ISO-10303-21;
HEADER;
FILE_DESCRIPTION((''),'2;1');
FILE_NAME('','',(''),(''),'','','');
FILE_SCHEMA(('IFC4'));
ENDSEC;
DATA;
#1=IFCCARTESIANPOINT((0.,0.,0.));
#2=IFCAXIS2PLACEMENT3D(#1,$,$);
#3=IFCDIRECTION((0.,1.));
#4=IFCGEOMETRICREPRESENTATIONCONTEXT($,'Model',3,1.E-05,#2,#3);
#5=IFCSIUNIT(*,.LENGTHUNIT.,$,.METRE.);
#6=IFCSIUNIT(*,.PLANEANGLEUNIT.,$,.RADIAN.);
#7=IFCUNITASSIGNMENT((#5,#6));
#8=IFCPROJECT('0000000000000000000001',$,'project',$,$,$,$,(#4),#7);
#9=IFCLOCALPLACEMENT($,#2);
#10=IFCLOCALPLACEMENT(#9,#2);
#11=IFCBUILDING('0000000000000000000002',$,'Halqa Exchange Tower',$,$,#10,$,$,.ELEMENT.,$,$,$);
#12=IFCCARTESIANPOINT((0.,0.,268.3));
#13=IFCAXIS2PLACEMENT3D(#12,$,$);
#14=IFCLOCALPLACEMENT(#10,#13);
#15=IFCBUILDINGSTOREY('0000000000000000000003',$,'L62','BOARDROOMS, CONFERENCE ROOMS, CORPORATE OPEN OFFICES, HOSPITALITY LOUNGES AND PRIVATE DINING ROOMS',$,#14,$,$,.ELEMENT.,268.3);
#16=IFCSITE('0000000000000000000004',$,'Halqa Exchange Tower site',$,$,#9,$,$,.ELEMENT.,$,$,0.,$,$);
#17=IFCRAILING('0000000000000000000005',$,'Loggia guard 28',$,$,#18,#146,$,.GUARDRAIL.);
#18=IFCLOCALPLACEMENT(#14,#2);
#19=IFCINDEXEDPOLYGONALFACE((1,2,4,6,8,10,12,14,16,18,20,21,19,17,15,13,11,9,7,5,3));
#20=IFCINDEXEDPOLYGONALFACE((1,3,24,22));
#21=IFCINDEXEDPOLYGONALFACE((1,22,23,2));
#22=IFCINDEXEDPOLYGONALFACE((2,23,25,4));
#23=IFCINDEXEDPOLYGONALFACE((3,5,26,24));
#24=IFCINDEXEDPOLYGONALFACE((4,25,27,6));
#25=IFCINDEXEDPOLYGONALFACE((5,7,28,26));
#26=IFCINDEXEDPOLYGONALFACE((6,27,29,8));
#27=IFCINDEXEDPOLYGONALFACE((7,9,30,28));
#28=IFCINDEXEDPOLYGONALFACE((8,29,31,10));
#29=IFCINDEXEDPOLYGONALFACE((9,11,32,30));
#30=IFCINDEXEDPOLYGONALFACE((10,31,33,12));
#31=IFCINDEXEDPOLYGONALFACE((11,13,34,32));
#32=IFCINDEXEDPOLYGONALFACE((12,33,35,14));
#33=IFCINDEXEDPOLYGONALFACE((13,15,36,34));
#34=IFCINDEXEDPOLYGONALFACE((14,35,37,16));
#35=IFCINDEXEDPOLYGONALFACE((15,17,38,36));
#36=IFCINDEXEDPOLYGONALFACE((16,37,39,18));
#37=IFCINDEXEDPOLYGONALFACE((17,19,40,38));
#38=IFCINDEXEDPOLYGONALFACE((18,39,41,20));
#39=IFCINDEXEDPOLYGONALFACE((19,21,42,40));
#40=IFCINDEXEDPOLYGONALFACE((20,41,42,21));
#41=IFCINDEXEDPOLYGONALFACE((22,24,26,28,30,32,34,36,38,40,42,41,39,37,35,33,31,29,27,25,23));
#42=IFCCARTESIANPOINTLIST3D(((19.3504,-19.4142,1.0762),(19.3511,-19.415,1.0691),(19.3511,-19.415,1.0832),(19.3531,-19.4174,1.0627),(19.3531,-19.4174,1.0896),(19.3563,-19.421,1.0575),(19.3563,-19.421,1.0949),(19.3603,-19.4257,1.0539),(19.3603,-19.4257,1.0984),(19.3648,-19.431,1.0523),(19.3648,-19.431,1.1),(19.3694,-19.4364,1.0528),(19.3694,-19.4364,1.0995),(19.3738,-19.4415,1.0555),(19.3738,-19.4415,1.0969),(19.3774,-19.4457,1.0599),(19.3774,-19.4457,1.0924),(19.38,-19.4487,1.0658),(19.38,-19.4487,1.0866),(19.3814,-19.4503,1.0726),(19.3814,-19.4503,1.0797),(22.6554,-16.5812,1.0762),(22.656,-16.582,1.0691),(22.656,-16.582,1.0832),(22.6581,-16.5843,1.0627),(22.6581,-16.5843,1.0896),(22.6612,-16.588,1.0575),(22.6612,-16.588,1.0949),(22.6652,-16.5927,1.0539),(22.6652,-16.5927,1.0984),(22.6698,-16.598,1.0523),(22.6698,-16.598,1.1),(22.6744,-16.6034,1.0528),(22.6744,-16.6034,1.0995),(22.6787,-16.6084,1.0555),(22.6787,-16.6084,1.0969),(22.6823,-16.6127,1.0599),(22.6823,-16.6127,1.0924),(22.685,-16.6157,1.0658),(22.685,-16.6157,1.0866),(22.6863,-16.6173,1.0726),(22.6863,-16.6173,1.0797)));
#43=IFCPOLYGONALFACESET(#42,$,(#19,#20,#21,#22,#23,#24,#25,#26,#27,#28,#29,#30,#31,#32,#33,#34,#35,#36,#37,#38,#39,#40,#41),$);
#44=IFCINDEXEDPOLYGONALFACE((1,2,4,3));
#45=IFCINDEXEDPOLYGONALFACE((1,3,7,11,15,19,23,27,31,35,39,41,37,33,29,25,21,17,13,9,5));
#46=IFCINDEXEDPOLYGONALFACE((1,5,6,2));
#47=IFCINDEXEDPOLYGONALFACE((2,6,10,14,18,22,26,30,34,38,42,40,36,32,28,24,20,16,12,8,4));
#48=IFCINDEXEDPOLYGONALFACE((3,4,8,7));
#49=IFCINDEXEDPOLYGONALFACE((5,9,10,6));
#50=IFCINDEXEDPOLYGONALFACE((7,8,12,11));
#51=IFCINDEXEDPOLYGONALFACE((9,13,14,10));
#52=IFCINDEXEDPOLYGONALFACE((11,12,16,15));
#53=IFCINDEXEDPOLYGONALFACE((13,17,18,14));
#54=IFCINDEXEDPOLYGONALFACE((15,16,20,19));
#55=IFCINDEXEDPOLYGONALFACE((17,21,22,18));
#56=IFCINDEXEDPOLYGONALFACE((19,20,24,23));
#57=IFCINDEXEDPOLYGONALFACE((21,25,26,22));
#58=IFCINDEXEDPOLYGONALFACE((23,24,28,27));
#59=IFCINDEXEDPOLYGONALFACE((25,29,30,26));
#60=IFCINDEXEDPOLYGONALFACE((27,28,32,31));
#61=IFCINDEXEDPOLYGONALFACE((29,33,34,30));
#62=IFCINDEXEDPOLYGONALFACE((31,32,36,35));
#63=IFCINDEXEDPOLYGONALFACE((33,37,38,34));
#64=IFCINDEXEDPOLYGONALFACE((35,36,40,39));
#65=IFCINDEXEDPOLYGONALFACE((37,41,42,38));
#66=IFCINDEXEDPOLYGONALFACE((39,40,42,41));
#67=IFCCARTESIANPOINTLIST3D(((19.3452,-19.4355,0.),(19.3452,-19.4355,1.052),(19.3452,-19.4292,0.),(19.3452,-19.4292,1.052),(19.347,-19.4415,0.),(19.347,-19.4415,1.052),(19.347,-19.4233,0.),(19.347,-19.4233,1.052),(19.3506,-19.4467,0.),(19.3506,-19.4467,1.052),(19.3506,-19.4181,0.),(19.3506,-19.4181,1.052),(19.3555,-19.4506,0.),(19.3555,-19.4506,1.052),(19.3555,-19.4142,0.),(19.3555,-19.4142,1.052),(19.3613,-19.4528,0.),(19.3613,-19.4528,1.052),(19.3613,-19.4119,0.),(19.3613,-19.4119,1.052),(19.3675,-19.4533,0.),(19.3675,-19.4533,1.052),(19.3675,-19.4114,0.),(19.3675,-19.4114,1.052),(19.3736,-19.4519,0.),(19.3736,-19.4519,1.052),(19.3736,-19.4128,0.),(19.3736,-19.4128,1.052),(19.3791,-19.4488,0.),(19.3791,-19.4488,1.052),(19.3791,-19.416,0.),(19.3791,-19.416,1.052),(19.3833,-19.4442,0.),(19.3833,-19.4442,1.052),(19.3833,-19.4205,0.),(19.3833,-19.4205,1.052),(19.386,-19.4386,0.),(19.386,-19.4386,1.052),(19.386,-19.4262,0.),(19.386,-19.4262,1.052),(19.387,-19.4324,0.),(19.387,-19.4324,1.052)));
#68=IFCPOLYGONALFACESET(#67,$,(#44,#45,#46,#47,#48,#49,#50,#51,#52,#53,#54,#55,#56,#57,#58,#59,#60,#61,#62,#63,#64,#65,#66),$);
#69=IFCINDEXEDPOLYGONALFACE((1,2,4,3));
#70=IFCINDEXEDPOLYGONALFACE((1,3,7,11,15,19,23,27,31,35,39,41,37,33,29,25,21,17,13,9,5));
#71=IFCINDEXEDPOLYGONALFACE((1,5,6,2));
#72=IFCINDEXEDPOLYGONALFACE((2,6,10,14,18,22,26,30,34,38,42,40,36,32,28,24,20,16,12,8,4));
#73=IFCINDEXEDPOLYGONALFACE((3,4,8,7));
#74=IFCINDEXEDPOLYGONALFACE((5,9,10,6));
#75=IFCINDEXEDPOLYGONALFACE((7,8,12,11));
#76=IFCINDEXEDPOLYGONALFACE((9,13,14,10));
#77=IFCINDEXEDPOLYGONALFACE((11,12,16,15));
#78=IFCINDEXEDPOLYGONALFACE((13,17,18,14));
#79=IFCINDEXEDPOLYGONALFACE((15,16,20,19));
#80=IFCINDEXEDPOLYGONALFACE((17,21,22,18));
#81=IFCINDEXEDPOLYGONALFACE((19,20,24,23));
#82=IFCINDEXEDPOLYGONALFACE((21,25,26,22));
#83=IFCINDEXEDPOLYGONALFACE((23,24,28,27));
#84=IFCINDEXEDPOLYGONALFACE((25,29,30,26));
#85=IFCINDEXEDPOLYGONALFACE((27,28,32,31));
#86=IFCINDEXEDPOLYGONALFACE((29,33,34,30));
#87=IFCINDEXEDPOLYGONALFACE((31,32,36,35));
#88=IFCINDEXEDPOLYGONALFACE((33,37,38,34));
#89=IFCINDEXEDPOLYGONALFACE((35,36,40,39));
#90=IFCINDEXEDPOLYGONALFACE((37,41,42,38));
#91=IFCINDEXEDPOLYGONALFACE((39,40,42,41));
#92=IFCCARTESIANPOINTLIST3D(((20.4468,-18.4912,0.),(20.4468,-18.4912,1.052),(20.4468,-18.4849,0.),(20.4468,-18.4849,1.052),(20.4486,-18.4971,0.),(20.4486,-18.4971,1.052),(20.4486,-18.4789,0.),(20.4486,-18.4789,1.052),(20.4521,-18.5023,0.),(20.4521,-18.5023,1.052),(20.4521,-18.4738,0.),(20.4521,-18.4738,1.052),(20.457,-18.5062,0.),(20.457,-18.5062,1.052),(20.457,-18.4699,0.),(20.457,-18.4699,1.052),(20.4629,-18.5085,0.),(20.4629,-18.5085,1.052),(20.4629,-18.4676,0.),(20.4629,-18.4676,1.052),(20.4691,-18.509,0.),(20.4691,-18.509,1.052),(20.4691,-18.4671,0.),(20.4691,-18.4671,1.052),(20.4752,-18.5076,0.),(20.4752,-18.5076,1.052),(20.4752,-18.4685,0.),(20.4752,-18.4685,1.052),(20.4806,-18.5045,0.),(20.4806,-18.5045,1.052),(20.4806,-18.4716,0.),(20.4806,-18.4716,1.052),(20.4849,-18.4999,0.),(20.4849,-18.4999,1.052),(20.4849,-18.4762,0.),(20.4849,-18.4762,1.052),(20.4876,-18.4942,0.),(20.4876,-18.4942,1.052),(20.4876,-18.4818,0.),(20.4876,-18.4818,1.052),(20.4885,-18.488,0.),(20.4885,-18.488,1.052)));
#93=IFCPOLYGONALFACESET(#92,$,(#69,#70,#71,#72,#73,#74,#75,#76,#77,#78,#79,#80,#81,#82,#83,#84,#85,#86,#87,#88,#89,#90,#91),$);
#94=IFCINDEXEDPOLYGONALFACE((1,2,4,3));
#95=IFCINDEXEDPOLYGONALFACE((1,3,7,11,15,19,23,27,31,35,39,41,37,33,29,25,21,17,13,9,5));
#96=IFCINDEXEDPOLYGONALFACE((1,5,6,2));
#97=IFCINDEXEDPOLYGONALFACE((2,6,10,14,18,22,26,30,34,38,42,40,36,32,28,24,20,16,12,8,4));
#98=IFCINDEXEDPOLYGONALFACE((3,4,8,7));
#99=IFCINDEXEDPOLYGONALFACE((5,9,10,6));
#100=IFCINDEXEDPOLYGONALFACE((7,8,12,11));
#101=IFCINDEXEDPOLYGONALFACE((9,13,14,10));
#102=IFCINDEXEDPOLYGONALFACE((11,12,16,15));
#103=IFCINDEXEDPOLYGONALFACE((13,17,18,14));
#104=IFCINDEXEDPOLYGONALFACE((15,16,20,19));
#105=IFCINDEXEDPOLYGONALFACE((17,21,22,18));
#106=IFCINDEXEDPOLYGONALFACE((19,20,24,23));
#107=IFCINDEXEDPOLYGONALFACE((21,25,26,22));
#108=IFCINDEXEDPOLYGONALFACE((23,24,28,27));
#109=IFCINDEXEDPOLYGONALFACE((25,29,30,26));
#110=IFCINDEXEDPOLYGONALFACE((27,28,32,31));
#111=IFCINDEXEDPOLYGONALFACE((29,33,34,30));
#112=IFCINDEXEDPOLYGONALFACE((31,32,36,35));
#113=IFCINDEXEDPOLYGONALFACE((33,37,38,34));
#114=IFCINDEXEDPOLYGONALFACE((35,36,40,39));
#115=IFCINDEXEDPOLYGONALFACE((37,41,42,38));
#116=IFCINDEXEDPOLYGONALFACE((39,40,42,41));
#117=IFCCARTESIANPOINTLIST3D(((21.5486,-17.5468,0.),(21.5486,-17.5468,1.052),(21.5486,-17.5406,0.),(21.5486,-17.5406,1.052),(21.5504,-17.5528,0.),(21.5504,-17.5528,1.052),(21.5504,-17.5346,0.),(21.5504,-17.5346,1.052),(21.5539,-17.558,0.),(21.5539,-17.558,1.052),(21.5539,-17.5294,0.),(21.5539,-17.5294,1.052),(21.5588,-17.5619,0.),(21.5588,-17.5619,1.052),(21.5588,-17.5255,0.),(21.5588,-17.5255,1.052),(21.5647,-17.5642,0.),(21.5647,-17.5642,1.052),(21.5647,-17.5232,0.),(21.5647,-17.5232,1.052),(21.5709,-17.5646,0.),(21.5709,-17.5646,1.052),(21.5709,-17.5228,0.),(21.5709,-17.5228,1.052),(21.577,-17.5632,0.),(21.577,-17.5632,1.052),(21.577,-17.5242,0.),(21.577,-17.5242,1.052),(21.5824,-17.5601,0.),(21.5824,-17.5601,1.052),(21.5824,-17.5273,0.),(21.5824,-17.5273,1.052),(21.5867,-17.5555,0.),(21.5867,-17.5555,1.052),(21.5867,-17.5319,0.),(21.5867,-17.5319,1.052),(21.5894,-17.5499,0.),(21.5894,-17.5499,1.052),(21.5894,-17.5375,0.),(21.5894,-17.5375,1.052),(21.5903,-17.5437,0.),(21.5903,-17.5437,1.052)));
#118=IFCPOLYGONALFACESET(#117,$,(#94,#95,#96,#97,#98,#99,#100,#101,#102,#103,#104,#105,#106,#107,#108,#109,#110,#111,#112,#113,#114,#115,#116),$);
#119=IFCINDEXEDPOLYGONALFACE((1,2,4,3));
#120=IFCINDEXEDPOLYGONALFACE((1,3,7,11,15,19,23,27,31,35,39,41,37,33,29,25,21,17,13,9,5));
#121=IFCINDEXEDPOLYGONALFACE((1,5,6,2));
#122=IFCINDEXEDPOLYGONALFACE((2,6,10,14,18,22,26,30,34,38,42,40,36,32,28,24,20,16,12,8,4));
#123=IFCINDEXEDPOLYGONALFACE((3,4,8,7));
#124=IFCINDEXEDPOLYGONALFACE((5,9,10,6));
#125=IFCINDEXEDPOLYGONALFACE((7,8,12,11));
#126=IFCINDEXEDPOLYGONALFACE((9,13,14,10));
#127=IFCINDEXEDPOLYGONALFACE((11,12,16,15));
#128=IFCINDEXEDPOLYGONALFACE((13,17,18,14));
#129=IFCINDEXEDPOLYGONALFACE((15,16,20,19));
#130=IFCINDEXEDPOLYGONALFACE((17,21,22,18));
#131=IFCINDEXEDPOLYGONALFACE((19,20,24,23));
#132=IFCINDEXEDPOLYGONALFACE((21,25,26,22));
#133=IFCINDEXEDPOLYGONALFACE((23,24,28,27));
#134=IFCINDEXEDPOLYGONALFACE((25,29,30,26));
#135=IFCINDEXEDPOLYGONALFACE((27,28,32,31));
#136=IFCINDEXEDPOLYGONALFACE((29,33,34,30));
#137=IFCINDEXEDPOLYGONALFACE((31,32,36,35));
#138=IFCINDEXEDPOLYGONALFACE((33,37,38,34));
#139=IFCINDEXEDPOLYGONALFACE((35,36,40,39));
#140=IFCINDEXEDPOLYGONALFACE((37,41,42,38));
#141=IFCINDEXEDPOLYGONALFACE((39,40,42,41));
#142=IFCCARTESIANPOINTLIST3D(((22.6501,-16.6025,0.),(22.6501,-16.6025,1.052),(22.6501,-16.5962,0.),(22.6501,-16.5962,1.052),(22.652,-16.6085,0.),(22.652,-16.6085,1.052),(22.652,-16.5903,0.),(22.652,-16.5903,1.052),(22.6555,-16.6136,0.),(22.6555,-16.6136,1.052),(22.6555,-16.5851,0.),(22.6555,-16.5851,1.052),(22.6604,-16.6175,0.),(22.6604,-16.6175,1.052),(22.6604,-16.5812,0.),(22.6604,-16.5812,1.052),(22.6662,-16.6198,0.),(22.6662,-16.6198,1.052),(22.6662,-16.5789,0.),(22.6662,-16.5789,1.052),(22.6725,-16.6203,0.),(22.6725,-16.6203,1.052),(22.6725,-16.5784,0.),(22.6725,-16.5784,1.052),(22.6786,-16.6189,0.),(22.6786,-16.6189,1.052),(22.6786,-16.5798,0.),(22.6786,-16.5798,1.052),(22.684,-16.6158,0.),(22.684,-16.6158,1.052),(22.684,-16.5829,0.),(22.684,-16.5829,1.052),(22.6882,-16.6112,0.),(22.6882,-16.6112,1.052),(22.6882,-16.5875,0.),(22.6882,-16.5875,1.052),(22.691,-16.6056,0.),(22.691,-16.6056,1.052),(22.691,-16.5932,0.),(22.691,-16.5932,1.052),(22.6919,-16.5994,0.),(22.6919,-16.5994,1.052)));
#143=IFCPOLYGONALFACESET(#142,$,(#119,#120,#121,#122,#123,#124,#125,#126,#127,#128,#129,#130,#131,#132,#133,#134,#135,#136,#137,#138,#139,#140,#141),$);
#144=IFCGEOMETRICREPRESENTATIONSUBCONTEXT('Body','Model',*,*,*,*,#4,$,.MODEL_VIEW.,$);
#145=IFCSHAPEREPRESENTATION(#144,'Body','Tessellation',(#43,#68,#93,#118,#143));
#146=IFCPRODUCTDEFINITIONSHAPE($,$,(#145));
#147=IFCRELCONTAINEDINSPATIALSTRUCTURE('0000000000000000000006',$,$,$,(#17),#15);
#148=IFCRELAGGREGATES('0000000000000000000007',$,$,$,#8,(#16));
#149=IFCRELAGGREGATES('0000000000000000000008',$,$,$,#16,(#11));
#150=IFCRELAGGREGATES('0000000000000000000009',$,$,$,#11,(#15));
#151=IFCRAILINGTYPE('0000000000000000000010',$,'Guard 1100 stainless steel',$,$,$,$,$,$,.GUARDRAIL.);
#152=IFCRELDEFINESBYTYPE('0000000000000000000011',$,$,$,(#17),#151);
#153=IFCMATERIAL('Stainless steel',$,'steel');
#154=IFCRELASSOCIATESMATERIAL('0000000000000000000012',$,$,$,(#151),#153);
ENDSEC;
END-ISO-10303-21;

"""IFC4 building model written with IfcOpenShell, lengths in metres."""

from ifc_helpers import new_model, si_unit, direction, frame, origin, origin_2d, place, context, subcontext, project, spatial, circle, extrude, material, type_object, element, save


model = new_model("IFC4")

# Units and contexts
model_context = context("Model", 3, precision=1e-05, world=origin(), true_north=direction((0.0, 1.0)))
body_context = subcontext(model_context, "Body", "Model", "MODEL_VIEW")
ifc_project = project(units=[si_unit("LENGTHUNIT", "METRE"), si_unit("PLANEANGLEUNIT", "RADIAN")], contexts=[model_context])

# Site, building, storey
site_placement = place(None, origin())
site = spatial("IfcSite", under=ifc_project, at=site_placement, Name="Halqa Exchange Tower site", CompositionType="ELEMENT", RefElevation=0.0)
building_placement = place(site_placement, origin())
building = spatial("IfcBuilding", under=site, at=building_placement, Name="Halqa Exchange Tower", CompositionType="ELEMENT")
storey_placement = place(building_placement, frame((0.0, 0.0, 268.3)))
storey = spatial("IfcBuildingStorey", under=building, at=storey_placement, Name="L62", Description="BOARDROOMS, CONFERENCE ROOMS, CORPORATE OPEN OFFICES, HOSPITALITY LOUNGES AND PRIVATE DINING ROOMS", CompositionType="ELEMENT", Elevation=268.3)

# Railing
ifc_material_1 = material(Name="Stainless steel", Category="steel")
railing_type = type_object("IfcRailingType", Name="Guard 1100 stainless steel", PredefinedType="GUARDRAIL", material=ifc_material_1)
railing_1_placement = place(storey_placement, frame((19.366, -19.4324, 0.0)))
element("IfcRailing", 1, at=railing_1_placement, inside=storey, type_object=railing_type, Name="Loggia guard 28", PredefinedType="GUARDRAIL", context=body_context, shape_type="SweptSolid", body=[
    extrude(circle(Radius=0.0239, at=origin_2d()), frame((0.0, 0.0, 1.0762), z_axis=(0.759233, 0.650819, 0.0), x_axis=(-0.650819, 0.759233, 0.0)), (0.0, 0.0, 1.0), 4.353),
    extrude(circle(Radius=0.021, at=origin_2d()), origin(), (0.0, 0.0, 1.0), 1.052),
    extrude(circle(Radius=0.021, at=origin_2d()), frame((1.1016, 0.9443, 0.0)), (0.0, 0.0, 1.0), 1.052),
    extrude(circle(Radius=0.021, at=origin_2d()), frame((2.2034, 1.8887, 0.0)), (0.0, 0.0, 1.0), 1.052),
    extrude(circle(Radius=0.021, at=origin_2d()), frame((3.3049, 2.833, 0.0)), (0.0, 0.0, 1.0), 1.052),
])

save(model, "model.ifc")
